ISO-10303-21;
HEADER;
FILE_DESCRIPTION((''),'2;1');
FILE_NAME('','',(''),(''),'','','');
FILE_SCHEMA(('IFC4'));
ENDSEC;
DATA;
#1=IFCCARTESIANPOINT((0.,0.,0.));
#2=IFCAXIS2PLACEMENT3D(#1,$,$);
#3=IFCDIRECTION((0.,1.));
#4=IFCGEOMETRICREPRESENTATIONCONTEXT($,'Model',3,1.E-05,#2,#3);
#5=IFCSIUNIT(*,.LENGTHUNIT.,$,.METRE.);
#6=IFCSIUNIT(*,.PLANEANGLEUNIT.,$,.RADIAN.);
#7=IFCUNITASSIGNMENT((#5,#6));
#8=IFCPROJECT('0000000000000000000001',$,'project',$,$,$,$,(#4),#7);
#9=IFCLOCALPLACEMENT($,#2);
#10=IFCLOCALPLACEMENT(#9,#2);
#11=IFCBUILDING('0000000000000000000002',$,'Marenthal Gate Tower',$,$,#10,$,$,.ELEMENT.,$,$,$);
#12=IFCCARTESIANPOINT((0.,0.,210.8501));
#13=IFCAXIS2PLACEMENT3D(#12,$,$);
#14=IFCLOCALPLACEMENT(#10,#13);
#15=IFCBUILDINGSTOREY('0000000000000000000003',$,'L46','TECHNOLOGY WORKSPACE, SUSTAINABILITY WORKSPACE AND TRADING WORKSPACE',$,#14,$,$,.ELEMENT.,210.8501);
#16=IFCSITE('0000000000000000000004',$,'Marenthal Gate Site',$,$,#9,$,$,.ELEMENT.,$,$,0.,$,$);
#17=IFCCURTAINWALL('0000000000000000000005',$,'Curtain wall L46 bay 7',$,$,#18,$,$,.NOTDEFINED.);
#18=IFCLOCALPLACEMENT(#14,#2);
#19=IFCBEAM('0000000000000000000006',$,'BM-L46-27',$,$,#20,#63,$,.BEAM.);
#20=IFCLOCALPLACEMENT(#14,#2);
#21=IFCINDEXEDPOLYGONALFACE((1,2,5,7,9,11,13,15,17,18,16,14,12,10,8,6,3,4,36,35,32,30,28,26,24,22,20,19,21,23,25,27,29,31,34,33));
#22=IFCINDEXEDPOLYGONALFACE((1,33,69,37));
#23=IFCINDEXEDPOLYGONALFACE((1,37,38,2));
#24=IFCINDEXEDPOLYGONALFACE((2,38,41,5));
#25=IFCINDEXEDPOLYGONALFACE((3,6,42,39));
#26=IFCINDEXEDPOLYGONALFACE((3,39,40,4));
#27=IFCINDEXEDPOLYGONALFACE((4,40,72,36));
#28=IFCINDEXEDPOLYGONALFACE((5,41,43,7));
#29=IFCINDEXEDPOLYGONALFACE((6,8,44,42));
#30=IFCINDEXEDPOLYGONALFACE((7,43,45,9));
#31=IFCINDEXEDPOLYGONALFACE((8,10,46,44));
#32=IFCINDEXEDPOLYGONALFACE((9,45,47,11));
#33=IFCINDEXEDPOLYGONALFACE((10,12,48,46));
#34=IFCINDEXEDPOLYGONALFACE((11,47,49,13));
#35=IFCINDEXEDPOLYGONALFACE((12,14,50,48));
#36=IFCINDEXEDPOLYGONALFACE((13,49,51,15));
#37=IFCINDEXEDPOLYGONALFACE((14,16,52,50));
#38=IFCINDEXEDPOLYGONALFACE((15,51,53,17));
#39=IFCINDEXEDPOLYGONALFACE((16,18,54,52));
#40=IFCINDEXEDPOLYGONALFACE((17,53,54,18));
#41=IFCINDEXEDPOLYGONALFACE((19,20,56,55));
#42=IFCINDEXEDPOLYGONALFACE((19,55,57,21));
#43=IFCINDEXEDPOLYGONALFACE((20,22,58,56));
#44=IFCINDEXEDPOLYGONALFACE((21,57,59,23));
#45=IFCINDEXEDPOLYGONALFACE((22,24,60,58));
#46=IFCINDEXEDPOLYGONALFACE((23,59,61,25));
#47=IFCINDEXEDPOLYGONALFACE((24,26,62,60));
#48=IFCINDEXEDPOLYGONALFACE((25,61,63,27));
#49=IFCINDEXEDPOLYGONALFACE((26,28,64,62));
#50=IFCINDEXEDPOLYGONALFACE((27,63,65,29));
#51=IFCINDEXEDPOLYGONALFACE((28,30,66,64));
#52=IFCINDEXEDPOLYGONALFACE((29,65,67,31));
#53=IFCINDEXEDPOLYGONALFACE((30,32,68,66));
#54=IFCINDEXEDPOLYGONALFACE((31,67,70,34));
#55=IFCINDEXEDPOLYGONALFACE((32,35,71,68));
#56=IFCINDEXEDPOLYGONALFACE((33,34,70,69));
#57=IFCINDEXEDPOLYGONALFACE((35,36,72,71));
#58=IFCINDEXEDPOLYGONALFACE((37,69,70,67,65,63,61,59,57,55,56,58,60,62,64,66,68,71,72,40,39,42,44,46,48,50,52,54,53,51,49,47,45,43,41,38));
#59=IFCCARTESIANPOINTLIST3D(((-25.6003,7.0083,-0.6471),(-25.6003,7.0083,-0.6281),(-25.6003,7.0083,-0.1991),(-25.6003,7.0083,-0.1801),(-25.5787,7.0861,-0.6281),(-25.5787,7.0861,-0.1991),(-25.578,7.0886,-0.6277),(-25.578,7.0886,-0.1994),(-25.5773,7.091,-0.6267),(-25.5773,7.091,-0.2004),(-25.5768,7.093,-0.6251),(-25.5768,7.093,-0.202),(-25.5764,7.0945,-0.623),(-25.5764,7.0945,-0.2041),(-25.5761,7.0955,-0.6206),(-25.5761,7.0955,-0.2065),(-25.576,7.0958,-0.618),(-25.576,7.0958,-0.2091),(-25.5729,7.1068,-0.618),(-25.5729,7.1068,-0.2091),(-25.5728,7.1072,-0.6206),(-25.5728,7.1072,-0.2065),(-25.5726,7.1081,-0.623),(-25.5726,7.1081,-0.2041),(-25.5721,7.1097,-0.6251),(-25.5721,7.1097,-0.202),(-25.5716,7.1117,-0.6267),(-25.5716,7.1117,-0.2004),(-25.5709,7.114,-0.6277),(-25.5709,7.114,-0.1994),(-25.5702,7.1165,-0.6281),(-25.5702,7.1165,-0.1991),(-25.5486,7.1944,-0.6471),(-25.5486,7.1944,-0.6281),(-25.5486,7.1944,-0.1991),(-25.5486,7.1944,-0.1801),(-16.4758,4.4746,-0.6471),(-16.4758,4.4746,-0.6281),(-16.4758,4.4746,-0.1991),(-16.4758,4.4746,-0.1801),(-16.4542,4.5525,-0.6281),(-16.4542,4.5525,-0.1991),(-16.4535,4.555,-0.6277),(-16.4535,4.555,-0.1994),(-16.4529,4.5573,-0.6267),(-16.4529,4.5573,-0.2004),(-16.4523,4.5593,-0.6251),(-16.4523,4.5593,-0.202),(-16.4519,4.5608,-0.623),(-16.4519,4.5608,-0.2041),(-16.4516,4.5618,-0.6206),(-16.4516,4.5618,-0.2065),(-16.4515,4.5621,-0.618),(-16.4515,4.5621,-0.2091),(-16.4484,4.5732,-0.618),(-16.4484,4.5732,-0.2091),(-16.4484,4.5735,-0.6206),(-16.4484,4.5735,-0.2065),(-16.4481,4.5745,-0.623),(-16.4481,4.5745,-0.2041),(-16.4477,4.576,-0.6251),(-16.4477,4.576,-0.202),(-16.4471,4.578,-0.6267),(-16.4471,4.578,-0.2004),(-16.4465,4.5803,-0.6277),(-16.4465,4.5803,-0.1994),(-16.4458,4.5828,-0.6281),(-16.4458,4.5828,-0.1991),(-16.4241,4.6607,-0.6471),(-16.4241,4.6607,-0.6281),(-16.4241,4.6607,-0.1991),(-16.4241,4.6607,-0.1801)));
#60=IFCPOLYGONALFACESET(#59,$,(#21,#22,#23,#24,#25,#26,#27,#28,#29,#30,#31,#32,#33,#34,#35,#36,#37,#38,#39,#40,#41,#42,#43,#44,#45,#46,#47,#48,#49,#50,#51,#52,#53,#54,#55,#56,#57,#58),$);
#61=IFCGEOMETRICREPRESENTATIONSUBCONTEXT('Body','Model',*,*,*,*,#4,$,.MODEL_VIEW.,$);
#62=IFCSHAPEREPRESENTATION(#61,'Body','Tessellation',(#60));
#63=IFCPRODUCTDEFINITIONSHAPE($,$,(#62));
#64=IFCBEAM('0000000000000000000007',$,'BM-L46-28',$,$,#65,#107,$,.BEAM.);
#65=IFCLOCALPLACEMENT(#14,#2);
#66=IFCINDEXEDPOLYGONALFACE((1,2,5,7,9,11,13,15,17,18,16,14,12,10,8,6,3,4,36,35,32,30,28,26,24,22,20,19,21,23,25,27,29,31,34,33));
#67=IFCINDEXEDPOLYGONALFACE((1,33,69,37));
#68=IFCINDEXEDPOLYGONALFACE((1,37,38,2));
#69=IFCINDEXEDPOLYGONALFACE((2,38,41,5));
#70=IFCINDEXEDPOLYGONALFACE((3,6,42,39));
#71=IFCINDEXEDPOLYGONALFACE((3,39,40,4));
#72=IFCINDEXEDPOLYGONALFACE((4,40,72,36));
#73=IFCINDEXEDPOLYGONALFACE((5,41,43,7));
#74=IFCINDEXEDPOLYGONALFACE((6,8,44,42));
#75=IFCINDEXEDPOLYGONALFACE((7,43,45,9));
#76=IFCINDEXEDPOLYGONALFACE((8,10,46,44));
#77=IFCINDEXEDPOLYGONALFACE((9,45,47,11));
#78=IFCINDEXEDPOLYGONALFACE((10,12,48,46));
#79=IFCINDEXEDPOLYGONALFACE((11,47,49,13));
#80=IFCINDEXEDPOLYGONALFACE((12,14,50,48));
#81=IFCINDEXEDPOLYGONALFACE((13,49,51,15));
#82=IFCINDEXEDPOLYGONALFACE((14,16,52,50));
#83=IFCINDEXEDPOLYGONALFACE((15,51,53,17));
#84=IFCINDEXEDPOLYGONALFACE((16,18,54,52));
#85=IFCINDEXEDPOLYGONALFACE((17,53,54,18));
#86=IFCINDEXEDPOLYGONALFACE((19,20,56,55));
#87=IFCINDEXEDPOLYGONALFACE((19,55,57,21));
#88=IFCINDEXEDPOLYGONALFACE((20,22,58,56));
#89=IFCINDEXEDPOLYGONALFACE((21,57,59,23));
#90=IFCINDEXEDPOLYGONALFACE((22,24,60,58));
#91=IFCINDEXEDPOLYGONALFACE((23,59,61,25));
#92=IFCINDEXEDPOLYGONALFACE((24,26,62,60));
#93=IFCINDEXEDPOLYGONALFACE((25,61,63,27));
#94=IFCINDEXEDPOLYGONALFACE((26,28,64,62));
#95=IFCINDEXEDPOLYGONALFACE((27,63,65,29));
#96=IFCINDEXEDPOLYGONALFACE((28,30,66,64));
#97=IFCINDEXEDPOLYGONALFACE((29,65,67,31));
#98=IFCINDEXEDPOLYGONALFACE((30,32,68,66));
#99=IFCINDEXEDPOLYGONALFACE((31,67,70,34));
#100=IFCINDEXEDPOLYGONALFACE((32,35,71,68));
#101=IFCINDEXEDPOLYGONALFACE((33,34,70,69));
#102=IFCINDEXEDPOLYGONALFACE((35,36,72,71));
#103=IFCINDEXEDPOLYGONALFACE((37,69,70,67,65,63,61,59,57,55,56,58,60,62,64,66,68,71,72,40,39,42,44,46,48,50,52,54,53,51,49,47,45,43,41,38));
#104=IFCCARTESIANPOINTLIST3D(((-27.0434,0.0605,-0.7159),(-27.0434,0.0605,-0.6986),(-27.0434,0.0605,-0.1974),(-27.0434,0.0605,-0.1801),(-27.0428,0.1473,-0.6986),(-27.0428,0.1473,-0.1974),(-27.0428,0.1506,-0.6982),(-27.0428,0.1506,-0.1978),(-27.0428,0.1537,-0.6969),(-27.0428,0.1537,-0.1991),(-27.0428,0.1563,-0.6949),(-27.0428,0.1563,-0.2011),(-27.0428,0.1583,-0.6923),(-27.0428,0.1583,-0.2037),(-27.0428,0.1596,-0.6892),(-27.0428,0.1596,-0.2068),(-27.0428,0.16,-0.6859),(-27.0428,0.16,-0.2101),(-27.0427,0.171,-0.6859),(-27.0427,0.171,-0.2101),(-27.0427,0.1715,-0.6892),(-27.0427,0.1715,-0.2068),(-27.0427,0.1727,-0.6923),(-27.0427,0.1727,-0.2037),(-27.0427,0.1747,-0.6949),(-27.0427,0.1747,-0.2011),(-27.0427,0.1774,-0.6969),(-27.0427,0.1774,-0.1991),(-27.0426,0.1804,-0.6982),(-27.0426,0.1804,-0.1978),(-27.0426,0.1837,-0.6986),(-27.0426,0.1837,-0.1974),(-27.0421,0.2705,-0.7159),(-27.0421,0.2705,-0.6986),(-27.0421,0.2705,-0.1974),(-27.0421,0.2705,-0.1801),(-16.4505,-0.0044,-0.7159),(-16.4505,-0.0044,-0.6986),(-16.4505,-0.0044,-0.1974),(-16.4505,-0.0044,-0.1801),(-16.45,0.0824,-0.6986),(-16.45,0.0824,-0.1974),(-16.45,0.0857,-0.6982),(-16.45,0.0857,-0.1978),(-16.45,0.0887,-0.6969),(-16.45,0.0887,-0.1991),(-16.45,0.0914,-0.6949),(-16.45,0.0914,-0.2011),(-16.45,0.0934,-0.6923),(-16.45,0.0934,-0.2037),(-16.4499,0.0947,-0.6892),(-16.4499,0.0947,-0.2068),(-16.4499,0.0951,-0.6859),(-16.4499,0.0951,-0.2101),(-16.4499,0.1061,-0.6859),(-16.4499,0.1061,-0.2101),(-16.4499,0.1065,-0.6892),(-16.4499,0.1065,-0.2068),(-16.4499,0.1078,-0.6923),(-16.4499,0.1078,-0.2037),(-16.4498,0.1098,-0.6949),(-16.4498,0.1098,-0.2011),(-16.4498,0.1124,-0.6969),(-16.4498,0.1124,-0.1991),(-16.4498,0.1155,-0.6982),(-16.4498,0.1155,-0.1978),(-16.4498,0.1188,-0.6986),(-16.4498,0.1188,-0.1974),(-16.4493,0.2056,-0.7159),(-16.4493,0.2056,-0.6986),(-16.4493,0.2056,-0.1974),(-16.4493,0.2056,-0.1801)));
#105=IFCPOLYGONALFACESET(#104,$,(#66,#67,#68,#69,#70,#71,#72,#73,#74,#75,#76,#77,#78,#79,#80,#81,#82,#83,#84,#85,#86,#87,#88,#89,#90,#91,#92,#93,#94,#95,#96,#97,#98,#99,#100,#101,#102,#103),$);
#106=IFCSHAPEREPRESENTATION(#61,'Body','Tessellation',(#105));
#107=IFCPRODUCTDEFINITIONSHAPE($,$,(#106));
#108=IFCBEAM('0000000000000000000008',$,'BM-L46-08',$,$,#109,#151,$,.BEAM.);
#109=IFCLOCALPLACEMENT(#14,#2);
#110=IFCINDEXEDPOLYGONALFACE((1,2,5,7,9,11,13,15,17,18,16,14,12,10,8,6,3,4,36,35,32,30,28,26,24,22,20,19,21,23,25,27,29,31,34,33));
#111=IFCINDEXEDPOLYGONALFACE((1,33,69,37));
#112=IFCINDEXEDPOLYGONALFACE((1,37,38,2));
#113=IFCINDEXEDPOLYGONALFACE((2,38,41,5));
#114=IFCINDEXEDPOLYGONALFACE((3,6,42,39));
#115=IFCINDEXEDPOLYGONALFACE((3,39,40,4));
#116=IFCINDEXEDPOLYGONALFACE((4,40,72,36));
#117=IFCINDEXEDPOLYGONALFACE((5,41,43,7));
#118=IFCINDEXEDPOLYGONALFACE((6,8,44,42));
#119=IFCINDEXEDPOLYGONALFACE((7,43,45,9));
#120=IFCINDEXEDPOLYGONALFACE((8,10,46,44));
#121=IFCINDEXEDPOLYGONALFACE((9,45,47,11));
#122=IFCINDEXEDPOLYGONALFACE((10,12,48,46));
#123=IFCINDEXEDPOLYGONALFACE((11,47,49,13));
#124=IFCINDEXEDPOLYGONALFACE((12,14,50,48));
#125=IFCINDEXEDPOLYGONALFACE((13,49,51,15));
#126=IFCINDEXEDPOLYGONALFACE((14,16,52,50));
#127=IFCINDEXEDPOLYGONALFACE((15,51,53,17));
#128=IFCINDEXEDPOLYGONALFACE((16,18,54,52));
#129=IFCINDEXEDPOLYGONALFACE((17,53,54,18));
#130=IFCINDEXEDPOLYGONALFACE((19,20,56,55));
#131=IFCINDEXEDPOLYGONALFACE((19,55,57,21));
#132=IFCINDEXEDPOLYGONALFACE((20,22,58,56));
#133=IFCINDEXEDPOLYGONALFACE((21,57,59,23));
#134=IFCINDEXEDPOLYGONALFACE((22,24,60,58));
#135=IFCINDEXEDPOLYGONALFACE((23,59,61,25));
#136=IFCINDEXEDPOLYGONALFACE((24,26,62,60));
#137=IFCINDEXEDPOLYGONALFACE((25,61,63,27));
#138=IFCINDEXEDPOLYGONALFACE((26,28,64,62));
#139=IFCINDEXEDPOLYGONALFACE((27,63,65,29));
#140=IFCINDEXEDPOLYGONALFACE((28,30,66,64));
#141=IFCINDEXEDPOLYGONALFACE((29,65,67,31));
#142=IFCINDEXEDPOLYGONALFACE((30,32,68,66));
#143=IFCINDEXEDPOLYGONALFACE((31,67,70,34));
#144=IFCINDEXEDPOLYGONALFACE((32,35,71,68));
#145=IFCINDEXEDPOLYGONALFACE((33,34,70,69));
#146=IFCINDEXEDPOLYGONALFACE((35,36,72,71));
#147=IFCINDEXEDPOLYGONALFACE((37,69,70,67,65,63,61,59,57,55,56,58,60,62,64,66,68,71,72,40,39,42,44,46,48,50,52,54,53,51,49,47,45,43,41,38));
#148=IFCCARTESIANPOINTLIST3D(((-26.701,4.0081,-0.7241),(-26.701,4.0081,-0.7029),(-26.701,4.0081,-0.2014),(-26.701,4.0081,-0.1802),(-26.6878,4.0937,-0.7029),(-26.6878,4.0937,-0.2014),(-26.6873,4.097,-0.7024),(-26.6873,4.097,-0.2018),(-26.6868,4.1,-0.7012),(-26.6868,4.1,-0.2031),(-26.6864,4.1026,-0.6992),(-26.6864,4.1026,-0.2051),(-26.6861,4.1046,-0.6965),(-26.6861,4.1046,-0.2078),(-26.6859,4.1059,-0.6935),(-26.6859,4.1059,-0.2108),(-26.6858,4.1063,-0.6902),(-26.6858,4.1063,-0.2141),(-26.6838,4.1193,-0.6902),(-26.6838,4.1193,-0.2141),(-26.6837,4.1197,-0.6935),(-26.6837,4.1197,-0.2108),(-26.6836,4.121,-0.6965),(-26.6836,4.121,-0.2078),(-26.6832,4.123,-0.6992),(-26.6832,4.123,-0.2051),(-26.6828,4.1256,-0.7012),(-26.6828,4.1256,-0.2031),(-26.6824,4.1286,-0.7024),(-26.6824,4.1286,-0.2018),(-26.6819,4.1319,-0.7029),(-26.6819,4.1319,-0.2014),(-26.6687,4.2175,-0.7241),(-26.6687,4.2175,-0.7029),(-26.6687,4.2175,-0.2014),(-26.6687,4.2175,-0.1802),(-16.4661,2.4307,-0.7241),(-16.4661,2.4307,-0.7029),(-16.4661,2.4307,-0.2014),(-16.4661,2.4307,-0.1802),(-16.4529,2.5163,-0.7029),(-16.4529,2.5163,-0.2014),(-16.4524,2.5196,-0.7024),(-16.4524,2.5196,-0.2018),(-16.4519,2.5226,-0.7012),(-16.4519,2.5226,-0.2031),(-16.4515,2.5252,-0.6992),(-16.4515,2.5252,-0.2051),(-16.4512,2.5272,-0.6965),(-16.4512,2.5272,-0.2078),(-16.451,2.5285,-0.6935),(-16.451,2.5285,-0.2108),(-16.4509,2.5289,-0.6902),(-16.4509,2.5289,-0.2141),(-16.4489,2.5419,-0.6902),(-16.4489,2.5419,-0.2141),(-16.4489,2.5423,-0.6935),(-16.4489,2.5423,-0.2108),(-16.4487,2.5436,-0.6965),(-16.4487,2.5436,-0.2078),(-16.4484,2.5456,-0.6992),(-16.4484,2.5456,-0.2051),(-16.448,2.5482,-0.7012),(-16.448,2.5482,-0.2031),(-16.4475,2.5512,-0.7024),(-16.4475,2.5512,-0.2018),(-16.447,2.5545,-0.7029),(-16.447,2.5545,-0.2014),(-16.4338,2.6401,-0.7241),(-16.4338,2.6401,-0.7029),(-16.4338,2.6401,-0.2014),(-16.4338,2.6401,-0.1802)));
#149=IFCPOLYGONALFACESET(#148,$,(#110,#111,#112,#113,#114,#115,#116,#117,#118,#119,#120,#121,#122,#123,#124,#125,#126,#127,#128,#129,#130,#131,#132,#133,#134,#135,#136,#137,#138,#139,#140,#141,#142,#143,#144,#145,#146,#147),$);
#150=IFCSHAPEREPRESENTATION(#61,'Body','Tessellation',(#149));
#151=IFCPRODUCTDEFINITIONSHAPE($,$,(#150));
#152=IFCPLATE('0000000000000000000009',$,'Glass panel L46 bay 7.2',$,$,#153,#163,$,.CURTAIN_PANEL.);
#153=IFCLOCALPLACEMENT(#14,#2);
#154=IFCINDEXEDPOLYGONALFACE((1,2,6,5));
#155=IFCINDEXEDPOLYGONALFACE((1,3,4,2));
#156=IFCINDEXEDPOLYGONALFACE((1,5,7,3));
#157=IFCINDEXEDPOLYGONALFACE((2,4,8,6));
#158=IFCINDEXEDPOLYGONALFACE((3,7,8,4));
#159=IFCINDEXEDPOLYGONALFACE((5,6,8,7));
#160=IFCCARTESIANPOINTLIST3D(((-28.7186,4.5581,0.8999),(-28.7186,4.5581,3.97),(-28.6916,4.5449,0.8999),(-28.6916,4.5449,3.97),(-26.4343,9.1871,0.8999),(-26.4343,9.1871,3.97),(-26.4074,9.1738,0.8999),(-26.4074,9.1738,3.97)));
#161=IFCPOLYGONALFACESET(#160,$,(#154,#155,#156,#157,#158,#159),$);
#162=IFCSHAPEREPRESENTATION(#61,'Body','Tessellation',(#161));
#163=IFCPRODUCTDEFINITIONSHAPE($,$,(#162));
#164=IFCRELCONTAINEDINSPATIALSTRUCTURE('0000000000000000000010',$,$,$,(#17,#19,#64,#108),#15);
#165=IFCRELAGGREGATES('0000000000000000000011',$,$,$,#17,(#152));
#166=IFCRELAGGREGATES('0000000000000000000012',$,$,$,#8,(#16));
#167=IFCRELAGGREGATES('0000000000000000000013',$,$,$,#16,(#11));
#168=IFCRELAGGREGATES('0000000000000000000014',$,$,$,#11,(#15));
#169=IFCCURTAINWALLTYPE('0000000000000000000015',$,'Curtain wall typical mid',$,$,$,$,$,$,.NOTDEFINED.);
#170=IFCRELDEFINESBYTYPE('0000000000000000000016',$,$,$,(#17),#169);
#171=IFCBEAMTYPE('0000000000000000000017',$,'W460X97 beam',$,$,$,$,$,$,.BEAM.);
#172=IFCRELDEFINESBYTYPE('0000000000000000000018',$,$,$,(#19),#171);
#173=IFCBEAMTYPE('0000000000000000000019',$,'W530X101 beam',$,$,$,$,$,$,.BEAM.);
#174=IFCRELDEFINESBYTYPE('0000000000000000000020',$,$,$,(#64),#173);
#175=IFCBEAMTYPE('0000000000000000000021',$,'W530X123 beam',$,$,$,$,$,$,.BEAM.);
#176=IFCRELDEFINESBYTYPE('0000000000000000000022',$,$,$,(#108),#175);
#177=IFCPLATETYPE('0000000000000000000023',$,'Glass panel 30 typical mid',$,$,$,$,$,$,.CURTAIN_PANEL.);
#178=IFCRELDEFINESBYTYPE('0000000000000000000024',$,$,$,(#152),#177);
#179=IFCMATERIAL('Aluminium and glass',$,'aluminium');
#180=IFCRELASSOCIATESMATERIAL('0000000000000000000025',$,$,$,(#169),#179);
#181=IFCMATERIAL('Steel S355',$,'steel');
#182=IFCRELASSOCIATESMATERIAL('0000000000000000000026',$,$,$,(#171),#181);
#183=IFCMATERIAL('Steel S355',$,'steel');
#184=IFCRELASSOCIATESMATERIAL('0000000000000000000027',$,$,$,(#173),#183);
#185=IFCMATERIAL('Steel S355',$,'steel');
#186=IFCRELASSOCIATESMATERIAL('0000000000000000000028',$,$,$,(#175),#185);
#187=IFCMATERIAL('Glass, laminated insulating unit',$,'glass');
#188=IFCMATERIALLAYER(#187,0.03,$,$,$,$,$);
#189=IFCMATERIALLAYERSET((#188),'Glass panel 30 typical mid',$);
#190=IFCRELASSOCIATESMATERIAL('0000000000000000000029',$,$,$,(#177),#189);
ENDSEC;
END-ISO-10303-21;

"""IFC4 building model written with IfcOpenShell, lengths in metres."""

from ifc_helpers import new_model, si_unit, direction, frame, origin, origin_2d, place, context, subcontext, project, spatial, rectangle, i_section, extrude, material, layer, layer_set, material_profile, profile_set, type_object, element, aggregate, save


model = new_model("IFC4")

# Units and contexts
model_context = context("Model", 3, precision=1e-05, world=origin(), true_north=direction((0.0, 1.0)))
body_context = subcontext(model_context, "Body", "Model", "MODEL_VIEW")
ifc_project = project(units=[si_unit("LENGTHUNIT", "METRE"), si_unit("PLANEANGLEUNIT", "RADIAN")], contexts=[model_context])

# Site, building, storey
site_placement = place(None, origin())
site = spatial("IfcSite", under=ifc_project, at=site_placement, Name="Marenthal Gate Site", CompositionType="ELEMENT", RefElevation=0.0)
building_placement = place(site_placement, origin())
building = spatial("IfcBuilding", under=site, at=building_placement, Name="Marenthal Gate Tower", CompositionType="ELEMENT")
storey_placement = place(building_placement, frame((0.0, 0.0, 210.8501)))
storey = spatial("IfcBuildingStorey", under=building, at=storey_placement, Name="L46", Description="TECHNOLOGY WORKSPACE, SUSTAINABILITY WORKSPACE AND TRADING WORKSPACE", CompositionType="ELEMENT", Elevation=210.8501)

# Curtain wall
ifc_material_1 = material(Name="Aluminium and glass", Category="aluminium")
curtain_wall_type = type_object("IfcCurtainWallType", Name="Curtain wall typical mid", PredefinedType="NOTDEFINED", material=ifc_material_1)
curtain_wall_placement = place(storey_placement, origin())
curtain_wall = element("IfcCurtainWall", 1, at=curtain_wall_placement, inside=storey, type_object=curtain_wall_type, Name="Curtain wall L46 bay 7", PredefinedType="NOTDEFINED")

# Beams
ifc_material_2 = material(Name="Steel S355", Category="steel")
ifc_material_profile_1 = material_profile(ifc_material_2, i_section(OverallWidth=0.1931, OverallDepth=0.467, WebThickness=0.0115, FlangeThickness=0.019, FilletRadius=0.01, at=origin_2d()), Name="W460X97")
ifc_profile_set_1 = profile_set([ifc_material_profile_1], Name="Steel S355")
beam_type_1 = type_object("IfcBeamType", Name="W460X97 beam", PredefinedType="BEAM", material=ifc_profile_set_1)
beam_1_placement = place(storey_placement, frame((-25.5745, 7.1013, -0.4136), z_axis=(0.963542, -0.267556, 0.0), x_axis=(0.267556, 0.963542, 0.0)))
element("IfcBeam", 2, at=beam_1_placement, inside=storey, type_object=beam_type_1, Name="BM-L46-27", PredefinedType="BEAM", context=body_context, shape_type="SweptSolid", body=[
    extrude(i_section(OverallWidth=0.1931, OverallDepth=0.467, WebThickness=0.0115, FlangeThickness=0.019, FilletRadius=0.01, at=origin_2d()), origin(), (0.0, 0.0, 1.0), 9.4697),
])
ifc_material_3 = material(Name="Steel S355", Category="steel")
ifc_material_profile_2 = material_profile(ifc_material_3, i_section(OverallWidth=0.21, OverallDepth=0.5359, WebThickness=0.011, FlangeThickness=0.0173, FilletRadius=0.0127, at=origin_2d()), Name="W530X101")
ifc_profile_set_2 = profile_set([ifc_material_profile_2], Name="Steel S355")
beam_type_2 = type_object("IfcBeamType", Name="W530X101 beam", PredefinedType="BEAM", material=ifc_profile_set_2)
beam_2_placement = place(storey_placement, frame((-27.0427, 0.1655, -0.448), z_axis=(0.999981, -0.006131, 0.0), x_axis=(0.006131, 0.999981, 0.0)))
element("IfcBeam", 3, at=beam_2_placement, inside=storey, type_object=beam_type_2, Name="BM-L46-28", PredefinedType="BEAM", context=body_context, shape_type="SweptSolid", body=[
    extrude(i_section(OverallWidth=0.21, OverallDepth=0.5359, WebThickness=0.011, FlangeThickness=0.0173, FilletRadius=0.0127, at=origin_2d()), origin(), (0.0, 0.0, 1.0), 10.593),
])
ifc_material_4 = material(Name="Steel S355", Category="steel")
ifc_material_profile_3 = material_profile(ifc_material_4, i_section(OverallWidth=0.2119, OverallDepth=0.5439, WebThickness=0.0132, FlangeThickness=0.0212, FilletRadius=0.0127, at=origin_2d()), Name="W530X123")
ifc_profile_set_3 = profile_set([ifc_material_profile_3], Name="Steel S355")
beam_type_3 = type_object("IfcBeamType", Name="W530X123 beam", PredefinedType="BEAM", material=ifc_profile_set_3)
beam_3_placement = place(storey_placement, frame((-26.6848, 4.1128, -0.4521), z_axis=(0.988331, -0.152321, 0.0), x_axis=(0.152321, 0.988331, 0.0)))
element("IfcBeam", 4, at=beam_3_placement, inside=storey, type_object=beam_type_3, Name="BM-L46-08", PredefinedType="BEAM", context=body_context, shape_type="SweptSolid", body=[
    extrude(i_section(OverallWidth=0.2119, OverallDepth=0.5439, WebThickness=0.0132, FlangeThickness=0.0212, FilletRadius=0.0127, at=origin_2d()), origin(), (0.0, 0.0, 1.0), 10.3557),
])

# Plate
ifc_material_5 = material(Name="Glass, laminated insulating unit", Category="glass")
ifc_layer_1 = layer(ifc_material_5, 0.03)
ifc_layer_set_1 = layer_set([ifc_layer_1], Name="Glass panel 30 typical mid")
plate_type = type_object("IfcPlateType", Name="Glass panel 30 typical mid", PredefinedType="CURTAIN_PANEL", material=ifc_layer_set_1)
plate_placement = place(storey_placement, frame((-27.563, 6.866, 0.8999), z_axis=(0.0, 0.0, 1.0), x_axis=(-0.442523, -0.896757, 0.0)))
plate = element("IfcPlate", 5, at=plate_placement, type_object=plate_type, Name="Glass panel L46 bay 7.2", PredefinedType="CURTAIN_PANEL", context=body_context, shape_type="SweptSolid", body=[
    extrude(rectangle(XDim=5.1619, YDim=0.03, at=origin_2d()), origin(), (0.0, 0.0, 1.0), 3.0701),
])
aggregate(curtain_wall, [plate])

save(model, "model.ifc")
